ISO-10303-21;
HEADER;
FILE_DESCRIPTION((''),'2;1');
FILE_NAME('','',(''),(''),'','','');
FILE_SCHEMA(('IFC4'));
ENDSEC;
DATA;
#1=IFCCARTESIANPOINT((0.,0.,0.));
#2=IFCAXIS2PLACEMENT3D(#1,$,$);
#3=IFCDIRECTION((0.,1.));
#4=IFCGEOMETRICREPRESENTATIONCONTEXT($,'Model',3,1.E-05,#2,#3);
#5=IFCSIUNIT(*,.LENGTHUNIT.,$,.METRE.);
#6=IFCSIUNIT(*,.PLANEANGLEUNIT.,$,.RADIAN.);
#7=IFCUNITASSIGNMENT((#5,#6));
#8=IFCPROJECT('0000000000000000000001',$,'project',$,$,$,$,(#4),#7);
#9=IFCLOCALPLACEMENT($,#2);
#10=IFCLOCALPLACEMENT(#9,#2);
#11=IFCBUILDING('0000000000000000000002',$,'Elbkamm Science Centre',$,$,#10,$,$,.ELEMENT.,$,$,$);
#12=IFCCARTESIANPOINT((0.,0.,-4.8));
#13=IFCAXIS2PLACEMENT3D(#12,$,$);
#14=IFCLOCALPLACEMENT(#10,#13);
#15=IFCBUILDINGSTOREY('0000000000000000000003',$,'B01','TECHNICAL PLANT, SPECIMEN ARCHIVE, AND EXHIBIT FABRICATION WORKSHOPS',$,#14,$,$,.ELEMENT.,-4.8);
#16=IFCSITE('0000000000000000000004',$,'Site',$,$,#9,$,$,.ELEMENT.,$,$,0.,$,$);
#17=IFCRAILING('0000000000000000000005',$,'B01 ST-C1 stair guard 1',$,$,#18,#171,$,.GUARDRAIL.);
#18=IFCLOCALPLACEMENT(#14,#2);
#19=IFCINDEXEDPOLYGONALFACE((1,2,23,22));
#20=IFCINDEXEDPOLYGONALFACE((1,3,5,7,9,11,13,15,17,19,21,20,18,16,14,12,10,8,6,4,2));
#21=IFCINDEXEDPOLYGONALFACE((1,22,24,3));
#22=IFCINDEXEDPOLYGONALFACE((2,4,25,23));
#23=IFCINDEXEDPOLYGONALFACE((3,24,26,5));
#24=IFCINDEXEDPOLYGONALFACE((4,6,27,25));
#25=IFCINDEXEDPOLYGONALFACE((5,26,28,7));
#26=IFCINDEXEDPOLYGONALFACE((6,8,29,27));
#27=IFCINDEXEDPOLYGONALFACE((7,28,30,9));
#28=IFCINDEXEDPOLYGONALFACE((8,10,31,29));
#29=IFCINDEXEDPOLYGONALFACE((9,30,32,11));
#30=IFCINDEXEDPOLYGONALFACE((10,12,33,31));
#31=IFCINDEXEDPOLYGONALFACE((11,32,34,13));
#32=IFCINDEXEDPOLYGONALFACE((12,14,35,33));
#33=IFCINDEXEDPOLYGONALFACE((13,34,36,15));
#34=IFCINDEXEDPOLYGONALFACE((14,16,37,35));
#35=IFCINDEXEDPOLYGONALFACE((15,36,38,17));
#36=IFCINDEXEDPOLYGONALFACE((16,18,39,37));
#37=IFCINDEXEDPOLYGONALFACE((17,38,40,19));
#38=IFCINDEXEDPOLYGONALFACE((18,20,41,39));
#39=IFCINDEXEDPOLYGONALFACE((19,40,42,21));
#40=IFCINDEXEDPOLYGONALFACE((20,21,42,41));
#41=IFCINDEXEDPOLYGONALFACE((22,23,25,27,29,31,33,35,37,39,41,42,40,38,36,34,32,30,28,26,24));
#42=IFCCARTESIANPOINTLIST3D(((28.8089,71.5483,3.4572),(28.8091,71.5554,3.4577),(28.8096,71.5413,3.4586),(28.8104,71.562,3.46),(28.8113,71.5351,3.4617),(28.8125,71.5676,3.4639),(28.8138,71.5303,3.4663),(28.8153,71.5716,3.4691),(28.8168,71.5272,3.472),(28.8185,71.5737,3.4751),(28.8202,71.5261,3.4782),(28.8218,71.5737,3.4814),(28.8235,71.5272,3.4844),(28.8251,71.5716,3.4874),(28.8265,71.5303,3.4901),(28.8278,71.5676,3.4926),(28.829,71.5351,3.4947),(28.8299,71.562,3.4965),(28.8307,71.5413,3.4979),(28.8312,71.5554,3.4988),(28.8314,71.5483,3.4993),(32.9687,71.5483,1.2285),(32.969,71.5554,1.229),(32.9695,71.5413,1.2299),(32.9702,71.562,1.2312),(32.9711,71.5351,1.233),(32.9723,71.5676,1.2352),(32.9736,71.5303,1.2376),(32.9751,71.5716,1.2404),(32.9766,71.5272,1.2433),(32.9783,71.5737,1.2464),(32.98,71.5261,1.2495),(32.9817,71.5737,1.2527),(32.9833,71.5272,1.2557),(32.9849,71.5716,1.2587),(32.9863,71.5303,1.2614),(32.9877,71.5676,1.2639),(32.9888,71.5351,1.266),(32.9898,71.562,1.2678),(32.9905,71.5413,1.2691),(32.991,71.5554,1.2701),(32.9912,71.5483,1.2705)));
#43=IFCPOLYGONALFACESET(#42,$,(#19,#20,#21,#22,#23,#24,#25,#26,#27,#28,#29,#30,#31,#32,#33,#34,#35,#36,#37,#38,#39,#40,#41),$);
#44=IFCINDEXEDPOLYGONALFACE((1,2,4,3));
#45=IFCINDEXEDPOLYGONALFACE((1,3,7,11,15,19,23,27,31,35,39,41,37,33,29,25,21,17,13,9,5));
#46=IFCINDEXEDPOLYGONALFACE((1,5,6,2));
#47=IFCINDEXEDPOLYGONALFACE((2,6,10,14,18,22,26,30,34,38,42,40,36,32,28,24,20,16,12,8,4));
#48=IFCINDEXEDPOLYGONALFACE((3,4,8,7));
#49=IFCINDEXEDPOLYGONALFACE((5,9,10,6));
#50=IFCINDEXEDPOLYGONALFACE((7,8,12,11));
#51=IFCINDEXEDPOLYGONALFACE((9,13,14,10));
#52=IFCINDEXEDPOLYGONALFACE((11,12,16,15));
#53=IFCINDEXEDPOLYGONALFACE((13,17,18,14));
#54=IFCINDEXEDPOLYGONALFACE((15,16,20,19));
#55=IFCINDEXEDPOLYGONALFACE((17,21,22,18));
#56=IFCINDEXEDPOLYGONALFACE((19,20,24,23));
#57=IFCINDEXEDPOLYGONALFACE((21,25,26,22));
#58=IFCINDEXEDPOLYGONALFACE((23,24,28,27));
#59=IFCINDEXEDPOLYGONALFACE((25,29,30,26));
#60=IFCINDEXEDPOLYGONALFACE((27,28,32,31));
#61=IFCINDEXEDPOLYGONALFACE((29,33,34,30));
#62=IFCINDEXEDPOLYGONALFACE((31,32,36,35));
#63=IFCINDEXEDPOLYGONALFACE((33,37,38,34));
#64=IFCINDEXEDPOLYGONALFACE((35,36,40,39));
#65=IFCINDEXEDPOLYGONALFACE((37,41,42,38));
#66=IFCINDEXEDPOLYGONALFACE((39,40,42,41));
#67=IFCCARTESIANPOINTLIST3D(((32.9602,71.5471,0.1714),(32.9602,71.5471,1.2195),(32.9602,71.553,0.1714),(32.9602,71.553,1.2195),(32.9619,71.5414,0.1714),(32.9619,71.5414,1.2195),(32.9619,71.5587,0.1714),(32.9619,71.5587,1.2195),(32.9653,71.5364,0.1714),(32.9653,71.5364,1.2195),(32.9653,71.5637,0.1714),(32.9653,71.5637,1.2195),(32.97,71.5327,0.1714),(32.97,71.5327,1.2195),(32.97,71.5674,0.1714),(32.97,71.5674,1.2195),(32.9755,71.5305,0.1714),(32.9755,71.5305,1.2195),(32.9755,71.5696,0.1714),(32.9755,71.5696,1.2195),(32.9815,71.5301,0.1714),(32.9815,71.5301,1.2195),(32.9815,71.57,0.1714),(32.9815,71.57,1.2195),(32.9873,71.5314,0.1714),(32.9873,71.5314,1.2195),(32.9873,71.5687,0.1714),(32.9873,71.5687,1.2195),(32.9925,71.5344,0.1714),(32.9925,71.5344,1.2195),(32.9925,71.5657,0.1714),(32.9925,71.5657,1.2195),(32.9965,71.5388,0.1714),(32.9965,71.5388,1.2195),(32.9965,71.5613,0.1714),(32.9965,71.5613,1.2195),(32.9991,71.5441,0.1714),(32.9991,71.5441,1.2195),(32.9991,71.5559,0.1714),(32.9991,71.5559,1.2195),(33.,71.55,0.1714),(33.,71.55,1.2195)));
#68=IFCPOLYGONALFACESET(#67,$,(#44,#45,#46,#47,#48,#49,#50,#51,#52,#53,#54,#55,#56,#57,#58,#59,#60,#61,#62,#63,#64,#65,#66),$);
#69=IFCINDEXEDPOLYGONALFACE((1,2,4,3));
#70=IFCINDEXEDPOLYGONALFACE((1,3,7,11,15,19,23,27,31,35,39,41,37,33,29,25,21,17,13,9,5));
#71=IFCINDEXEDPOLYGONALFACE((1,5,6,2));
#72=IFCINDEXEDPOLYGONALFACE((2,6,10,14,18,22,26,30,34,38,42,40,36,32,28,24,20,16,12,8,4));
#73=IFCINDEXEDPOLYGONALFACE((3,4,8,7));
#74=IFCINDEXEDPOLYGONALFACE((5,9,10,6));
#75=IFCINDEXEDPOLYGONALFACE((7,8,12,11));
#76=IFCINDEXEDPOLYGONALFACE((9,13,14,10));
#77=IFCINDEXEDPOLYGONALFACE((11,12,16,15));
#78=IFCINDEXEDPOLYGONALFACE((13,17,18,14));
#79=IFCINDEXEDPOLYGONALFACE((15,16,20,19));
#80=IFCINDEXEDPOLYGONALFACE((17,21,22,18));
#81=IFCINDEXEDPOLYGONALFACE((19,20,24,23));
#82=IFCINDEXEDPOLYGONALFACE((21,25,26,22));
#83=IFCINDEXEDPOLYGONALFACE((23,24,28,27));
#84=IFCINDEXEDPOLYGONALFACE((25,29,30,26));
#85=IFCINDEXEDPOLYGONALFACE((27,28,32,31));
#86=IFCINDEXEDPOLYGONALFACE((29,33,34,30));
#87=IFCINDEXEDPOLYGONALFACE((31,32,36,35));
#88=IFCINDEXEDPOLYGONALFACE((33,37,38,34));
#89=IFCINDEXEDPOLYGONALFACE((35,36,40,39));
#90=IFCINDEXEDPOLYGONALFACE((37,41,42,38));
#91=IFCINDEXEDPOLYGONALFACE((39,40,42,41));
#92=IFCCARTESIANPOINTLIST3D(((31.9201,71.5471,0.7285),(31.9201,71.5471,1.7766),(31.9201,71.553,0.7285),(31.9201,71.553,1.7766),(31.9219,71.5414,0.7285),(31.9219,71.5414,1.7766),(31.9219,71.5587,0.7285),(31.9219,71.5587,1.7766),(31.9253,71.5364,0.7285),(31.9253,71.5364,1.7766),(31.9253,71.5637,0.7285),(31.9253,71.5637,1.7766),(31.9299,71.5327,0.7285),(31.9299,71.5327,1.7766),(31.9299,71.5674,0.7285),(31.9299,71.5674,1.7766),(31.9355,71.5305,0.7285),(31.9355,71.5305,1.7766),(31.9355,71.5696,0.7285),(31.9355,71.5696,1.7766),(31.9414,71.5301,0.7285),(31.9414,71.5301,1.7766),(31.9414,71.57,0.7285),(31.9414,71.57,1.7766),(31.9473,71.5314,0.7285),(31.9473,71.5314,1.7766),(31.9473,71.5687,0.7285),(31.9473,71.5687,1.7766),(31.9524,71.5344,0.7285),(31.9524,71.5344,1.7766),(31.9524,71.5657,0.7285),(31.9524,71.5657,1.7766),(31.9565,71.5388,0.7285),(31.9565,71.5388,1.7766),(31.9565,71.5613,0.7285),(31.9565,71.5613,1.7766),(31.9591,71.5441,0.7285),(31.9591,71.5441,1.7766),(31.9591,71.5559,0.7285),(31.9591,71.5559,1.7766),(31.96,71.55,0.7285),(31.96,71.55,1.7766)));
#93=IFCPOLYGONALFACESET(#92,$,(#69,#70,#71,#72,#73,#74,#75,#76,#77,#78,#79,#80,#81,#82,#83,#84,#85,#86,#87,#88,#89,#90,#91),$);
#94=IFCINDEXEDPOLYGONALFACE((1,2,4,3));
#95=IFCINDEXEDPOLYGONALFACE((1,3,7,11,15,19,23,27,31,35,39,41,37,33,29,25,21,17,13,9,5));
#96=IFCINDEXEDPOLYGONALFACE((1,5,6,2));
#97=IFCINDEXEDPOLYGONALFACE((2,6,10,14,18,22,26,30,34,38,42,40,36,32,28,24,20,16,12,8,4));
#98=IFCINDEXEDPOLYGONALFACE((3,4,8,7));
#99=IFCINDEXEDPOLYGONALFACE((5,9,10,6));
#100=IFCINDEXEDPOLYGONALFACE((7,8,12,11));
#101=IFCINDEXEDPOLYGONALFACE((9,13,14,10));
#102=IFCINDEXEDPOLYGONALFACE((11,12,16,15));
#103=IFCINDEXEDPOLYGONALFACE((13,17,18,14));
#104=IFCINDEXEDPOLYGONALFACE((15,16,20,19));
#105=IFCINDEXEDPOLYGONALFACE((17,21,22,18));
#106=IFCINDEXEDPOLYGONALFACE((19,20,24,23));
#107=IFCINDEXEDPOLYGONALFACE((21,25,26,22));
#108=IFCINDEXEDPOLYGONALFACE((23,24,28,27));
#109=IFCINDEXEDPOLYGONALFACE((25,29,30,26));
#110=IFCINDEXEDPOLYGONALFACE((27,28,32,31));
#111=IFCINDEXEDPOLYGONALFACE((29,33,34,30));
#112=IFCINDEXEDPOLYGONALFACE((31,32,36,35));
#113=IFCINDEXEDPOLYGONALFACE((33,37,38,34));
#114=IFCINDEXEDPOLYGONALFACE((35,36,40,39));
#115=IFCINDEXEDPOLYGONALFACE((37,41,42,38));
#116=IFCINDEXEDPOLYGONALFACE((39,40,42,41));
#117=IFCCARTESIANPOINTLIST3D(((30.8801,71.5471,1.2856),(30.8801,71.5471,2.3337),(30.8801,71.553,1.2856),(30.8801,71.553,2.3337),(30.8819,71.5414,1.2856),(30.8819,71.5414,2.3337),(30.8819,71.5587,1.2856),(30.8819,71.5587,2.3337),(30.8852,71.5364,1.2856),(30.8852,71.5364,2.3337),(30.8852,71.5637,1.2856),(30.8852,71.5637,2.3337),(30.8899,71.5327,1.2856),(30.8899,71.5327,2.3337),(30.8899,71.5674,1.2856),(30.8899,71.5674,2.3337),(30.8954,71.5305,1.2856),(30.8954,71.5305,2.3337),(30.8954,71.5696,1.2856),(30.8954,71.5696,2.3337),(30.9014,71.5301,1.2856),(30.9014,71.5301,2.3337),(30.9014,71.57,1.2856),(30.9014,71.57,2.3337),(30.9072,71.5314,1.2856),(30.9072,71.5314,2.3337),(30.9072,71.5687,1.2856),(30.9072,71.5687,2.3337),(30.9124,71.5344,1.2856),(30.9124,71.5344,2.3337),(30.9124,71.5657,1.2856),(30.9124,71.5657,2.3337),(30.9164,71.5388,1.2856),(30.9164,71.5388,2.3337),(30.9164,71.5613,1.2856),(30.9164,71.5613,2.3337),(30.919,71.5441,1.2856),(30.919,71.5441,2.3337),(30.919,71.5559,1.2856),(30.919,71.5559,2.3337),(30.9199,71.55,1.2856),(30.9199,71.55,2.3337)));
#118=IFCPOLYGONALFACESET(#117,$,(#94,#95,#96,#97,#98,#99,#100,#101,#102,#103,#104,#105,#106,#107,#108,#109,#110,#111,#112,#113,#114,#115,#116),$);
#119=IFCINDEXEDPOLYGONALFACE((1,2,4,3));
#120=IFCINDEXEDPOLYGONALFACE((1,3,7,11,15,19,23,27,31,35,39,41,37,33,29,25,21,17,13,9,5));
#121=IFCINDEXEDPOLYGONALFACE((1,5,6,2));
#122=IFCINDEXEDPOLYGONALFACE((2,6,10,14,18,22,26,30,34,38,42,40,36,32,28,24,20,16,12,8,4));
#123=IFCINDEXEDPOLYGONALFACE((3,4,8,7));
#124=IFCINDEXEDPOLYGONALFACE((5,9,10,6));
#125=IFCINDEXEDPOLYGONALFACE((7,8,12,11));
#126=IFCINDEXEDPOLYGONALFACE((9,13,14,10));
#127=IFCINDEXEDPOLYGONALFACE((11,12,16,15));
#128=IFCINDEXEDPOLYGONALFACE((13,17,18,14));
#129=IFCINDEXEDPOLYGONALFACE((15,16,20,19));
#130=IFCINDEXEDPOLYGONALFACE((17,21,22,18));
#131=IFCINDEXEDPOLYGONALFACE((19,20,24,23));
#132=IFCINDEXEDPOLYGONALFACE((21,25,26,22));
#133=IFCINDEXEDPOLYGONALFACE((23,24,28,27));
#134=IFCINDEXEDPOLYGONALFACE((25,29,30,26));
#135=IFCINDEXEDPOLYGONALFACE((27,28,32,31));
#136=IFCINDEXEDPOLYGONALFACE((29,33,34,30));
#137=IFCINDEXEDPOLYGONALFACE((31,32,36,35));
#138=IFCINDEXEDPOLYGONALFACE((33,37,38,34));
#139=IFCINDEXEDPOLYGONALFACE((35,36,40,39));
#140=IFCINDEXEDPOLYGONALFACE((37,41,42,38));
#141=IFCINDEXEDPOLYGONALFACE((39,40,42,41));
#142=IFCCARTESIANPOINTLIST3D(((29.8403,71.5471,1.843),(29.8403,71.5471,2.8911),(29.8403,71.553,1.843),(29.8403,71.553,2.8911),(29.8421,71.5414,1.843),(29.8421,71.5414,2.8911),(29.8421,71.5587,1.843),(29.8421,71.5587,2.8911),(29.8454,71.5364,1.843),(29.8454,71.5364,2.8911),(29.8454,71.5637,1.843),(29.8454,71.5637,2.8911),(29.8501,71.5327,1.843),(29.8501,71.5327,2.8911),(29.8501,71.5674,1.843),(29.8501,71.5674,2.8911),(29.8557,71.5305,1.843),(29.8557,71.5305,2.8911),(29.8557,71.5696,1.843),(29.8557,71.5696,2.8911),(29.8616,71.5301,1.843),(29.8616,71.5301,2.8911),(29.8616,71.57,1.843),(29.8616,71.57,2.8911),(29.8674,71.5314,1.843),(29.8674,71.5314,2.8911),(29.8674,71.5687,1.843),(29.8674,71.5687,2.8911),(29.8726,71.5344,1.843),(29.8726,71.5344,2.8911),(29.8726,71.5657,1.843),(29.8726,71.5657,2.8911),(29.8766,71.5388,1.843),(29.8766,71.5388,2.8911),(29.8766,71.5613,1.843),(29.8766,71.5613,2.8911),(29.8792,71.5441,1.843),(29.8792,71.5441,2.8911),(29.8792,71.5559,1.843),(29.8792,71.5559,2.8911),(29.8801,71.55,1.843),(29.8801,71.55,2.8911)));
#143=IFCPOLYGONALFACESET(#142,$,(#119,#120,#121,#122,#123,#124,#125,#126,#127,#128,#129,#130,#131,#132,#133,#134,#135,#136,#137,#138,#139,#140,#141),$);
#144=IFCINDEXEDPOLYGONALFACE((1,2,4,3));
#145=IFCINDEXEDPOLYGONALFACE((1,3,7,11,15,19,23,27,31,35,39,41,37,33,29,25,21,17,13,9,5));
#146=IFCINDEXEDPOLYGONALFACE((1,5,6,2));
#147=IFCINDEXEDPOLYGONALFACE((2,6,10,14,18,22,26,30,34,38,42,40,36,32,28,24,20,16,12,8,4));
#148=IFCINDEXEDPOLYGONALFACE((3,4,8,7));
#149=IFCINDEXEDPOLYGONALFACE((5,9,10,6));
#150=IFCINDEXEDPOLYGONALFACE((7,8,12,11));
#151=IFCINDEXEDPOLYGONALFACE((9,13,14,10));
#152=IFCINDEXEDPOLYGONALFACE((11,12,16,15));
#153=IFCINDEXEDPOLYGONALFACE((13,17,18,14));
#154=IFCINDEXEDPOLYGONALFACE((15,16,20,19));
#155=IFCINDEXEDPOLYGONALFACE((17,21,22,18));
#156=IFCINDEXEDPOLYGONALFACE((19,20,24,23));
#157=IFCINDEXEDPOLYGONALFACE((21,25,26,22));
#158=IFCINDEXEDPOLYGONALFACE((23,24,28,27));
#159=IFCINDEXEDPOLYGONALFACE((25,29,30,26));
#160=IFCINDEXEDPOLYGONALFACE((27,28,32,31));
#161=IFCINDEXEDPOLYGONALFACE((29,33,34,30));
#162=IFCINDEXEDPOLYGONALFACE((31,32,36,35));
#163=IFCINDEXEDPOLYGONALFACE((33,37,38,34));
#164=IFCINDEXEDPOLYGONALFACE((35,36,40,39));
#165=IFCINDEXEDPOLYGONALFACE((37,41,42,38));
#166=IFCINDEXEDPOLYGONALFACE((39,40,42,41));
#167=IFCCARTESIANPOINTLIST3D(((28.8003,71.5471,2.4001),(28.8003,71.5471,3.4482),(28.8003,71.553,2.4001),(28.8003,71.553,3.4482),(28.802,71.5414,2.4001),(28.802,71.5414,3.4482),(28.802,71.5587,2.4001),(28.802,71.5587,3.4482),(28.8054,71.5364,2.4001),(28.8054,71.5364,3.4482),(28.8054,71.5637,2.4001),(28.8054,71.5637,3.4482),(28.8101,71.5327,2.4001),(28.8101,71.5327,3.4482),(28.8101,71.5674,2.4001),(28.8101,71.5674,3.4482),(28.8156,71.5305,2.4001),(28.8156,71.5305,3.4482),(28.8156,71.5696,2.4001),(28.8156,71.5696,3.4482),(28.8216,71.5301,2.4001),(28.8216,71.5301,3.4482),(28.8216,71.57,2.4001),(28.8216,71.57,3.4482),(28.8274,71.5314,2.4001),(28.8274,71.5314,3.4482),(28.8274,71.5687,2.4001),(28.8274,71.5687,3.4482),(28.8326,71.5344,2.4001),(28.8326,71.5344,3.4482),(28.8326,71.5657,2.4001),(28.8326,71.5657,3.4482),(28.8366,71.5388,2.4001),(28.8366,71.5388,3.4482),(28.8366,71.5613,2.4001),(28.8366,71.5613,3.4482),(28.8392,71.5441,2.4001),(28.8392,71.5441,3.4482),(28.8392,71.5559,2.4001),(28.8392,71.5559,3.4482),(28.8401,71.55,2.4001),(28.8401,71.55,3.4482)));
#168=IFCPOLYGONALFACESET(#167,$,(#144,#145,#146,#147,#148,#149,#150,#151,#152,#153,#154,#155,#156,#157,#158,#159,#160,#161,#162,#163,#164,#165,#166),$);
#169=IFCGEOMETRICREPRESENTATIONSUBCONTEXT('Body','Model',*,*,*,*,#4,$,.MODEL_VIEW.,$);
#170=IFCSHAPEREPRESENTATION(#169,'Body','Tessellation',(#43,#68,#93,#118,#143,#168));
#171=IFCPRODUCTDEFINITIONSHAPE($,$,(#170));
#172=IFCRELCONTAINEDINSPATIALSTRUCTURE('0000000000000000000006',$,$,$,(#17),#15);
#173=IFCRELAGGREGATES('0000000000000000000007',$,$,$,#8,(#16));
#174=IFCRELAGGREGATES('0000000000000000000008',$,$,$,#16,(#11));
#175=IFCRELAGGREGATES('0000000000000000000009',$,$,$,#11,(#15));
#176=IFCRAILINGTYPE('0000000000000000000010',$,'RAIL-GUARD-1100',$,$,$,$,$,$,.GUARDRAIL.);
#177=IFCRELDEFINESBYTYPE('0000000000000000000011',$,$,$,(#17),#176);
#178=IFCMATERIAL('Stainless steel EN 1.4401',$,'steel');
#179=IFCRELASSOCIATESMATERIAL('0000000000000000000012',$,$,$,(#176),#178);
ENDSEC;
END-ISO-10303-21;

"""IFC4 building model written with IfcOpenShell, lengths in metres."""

from ifc_helpers import new_model, si_unit, direction, frame, origin, origin_2d, place, context, subcontext, project, spatial, circle, extrude, material, type_object, element, save


model = new_model("IFC4")

# Units and contexts
model_context = context("Model", 3, precision=1e-05, world=origin(), true_north=direction((0.0, 1.0)))
body_context = subcontext(model_context, "Body", "Model", "MODEL_VIEW")
ifc_project = project(units=[si_unit("LENGTHUNIT", "METRE"), si_unit("PLANEANGLEUNIT", "RADIAN")], contexts=[model_context])

# Site, building, storey
site_placement = place(None, origin())
site = spatial("IfcSite", under=ifc_project, at=site_placement, Name="Site", CompositionType="ELEMENT", RefElevation=0.0)
building_placement = place(site_placement, origin())
building = spatial("IfcBuilding", under=site, at=building_placement, Name="Elbkamm Science Centre", CompositionType="ELEMENT")
storey_placement = place(building_placement, frame((0.0, 0.0, -4.8)))
storey = spatial("IfcBuildingStorey", under=building, at=storey_placement, Name="B01", Description="TECHNICAL PLANT, SPECIMEN ARCHIVE, AND EXHIBIT FABRICATION WORKSHOPS", CompositionType="ELEMENT", Elevation=-4.8)

# Railing
ifc_material_1 = material(Name="Stainless steel EN 1.4401", Category="steel")
railing_type_1 = type_object("IfcRailingType", Name="RAIL-GUARD-1100", PredefinedType="GUARDRAIL", material=ifc_material_1)
railing_1_placement = place(storey_placement, frame((32.98, 71.55, 0.1714)))
element("IfcRailing", 1, at=railing_1_placement, inside=storey, type_object=railing_type_1, Name="B01 ST-C1 stair guard 1", PredefinedType="GUARDRAIL", context=body_context, shape_type="SweptSolid", body=[
    extrude(circle(Radius=0.0239, at=origin_2d()), frame((0.0, 0.0, 1.0781), z_axis=(-0.881459, 0.0, 0.47226), x_axis=(0.0, -1.0, 0.0)), (0.0, 0.0, 1.0), 4.7192),
    extrude(circle(Radius=0.02, at=origin_2d()), origin(), (0.0, 0.0, 1.0), 1.0481),
    extrude(circle(Radius=0.02, at=origin_2d()), frame((-1.04, 0.0, 0.5571)), (0.0, 0.0, 1.0), 1.0481),
    extrude(circle(Radius=0.02, at=origin_2d()), frame((-2.0801, 0.0, 1.1143)), (0.0, 0.0, 1.0), 1.0481),
    extrude(circle(Radius=0.02, at=origin_2d()), frame((-3.1199, 0.0, 1.6716)), (0.0, 0.0, 1.0), 1.0481),
    extrude(circle(Radius=0.02, at=origin_2d()), frame((-4.1599, 0.0, 2.2288)), (0.0, 0.0, 1.0), 1.0481),
])

save(model, "model.ifc")
